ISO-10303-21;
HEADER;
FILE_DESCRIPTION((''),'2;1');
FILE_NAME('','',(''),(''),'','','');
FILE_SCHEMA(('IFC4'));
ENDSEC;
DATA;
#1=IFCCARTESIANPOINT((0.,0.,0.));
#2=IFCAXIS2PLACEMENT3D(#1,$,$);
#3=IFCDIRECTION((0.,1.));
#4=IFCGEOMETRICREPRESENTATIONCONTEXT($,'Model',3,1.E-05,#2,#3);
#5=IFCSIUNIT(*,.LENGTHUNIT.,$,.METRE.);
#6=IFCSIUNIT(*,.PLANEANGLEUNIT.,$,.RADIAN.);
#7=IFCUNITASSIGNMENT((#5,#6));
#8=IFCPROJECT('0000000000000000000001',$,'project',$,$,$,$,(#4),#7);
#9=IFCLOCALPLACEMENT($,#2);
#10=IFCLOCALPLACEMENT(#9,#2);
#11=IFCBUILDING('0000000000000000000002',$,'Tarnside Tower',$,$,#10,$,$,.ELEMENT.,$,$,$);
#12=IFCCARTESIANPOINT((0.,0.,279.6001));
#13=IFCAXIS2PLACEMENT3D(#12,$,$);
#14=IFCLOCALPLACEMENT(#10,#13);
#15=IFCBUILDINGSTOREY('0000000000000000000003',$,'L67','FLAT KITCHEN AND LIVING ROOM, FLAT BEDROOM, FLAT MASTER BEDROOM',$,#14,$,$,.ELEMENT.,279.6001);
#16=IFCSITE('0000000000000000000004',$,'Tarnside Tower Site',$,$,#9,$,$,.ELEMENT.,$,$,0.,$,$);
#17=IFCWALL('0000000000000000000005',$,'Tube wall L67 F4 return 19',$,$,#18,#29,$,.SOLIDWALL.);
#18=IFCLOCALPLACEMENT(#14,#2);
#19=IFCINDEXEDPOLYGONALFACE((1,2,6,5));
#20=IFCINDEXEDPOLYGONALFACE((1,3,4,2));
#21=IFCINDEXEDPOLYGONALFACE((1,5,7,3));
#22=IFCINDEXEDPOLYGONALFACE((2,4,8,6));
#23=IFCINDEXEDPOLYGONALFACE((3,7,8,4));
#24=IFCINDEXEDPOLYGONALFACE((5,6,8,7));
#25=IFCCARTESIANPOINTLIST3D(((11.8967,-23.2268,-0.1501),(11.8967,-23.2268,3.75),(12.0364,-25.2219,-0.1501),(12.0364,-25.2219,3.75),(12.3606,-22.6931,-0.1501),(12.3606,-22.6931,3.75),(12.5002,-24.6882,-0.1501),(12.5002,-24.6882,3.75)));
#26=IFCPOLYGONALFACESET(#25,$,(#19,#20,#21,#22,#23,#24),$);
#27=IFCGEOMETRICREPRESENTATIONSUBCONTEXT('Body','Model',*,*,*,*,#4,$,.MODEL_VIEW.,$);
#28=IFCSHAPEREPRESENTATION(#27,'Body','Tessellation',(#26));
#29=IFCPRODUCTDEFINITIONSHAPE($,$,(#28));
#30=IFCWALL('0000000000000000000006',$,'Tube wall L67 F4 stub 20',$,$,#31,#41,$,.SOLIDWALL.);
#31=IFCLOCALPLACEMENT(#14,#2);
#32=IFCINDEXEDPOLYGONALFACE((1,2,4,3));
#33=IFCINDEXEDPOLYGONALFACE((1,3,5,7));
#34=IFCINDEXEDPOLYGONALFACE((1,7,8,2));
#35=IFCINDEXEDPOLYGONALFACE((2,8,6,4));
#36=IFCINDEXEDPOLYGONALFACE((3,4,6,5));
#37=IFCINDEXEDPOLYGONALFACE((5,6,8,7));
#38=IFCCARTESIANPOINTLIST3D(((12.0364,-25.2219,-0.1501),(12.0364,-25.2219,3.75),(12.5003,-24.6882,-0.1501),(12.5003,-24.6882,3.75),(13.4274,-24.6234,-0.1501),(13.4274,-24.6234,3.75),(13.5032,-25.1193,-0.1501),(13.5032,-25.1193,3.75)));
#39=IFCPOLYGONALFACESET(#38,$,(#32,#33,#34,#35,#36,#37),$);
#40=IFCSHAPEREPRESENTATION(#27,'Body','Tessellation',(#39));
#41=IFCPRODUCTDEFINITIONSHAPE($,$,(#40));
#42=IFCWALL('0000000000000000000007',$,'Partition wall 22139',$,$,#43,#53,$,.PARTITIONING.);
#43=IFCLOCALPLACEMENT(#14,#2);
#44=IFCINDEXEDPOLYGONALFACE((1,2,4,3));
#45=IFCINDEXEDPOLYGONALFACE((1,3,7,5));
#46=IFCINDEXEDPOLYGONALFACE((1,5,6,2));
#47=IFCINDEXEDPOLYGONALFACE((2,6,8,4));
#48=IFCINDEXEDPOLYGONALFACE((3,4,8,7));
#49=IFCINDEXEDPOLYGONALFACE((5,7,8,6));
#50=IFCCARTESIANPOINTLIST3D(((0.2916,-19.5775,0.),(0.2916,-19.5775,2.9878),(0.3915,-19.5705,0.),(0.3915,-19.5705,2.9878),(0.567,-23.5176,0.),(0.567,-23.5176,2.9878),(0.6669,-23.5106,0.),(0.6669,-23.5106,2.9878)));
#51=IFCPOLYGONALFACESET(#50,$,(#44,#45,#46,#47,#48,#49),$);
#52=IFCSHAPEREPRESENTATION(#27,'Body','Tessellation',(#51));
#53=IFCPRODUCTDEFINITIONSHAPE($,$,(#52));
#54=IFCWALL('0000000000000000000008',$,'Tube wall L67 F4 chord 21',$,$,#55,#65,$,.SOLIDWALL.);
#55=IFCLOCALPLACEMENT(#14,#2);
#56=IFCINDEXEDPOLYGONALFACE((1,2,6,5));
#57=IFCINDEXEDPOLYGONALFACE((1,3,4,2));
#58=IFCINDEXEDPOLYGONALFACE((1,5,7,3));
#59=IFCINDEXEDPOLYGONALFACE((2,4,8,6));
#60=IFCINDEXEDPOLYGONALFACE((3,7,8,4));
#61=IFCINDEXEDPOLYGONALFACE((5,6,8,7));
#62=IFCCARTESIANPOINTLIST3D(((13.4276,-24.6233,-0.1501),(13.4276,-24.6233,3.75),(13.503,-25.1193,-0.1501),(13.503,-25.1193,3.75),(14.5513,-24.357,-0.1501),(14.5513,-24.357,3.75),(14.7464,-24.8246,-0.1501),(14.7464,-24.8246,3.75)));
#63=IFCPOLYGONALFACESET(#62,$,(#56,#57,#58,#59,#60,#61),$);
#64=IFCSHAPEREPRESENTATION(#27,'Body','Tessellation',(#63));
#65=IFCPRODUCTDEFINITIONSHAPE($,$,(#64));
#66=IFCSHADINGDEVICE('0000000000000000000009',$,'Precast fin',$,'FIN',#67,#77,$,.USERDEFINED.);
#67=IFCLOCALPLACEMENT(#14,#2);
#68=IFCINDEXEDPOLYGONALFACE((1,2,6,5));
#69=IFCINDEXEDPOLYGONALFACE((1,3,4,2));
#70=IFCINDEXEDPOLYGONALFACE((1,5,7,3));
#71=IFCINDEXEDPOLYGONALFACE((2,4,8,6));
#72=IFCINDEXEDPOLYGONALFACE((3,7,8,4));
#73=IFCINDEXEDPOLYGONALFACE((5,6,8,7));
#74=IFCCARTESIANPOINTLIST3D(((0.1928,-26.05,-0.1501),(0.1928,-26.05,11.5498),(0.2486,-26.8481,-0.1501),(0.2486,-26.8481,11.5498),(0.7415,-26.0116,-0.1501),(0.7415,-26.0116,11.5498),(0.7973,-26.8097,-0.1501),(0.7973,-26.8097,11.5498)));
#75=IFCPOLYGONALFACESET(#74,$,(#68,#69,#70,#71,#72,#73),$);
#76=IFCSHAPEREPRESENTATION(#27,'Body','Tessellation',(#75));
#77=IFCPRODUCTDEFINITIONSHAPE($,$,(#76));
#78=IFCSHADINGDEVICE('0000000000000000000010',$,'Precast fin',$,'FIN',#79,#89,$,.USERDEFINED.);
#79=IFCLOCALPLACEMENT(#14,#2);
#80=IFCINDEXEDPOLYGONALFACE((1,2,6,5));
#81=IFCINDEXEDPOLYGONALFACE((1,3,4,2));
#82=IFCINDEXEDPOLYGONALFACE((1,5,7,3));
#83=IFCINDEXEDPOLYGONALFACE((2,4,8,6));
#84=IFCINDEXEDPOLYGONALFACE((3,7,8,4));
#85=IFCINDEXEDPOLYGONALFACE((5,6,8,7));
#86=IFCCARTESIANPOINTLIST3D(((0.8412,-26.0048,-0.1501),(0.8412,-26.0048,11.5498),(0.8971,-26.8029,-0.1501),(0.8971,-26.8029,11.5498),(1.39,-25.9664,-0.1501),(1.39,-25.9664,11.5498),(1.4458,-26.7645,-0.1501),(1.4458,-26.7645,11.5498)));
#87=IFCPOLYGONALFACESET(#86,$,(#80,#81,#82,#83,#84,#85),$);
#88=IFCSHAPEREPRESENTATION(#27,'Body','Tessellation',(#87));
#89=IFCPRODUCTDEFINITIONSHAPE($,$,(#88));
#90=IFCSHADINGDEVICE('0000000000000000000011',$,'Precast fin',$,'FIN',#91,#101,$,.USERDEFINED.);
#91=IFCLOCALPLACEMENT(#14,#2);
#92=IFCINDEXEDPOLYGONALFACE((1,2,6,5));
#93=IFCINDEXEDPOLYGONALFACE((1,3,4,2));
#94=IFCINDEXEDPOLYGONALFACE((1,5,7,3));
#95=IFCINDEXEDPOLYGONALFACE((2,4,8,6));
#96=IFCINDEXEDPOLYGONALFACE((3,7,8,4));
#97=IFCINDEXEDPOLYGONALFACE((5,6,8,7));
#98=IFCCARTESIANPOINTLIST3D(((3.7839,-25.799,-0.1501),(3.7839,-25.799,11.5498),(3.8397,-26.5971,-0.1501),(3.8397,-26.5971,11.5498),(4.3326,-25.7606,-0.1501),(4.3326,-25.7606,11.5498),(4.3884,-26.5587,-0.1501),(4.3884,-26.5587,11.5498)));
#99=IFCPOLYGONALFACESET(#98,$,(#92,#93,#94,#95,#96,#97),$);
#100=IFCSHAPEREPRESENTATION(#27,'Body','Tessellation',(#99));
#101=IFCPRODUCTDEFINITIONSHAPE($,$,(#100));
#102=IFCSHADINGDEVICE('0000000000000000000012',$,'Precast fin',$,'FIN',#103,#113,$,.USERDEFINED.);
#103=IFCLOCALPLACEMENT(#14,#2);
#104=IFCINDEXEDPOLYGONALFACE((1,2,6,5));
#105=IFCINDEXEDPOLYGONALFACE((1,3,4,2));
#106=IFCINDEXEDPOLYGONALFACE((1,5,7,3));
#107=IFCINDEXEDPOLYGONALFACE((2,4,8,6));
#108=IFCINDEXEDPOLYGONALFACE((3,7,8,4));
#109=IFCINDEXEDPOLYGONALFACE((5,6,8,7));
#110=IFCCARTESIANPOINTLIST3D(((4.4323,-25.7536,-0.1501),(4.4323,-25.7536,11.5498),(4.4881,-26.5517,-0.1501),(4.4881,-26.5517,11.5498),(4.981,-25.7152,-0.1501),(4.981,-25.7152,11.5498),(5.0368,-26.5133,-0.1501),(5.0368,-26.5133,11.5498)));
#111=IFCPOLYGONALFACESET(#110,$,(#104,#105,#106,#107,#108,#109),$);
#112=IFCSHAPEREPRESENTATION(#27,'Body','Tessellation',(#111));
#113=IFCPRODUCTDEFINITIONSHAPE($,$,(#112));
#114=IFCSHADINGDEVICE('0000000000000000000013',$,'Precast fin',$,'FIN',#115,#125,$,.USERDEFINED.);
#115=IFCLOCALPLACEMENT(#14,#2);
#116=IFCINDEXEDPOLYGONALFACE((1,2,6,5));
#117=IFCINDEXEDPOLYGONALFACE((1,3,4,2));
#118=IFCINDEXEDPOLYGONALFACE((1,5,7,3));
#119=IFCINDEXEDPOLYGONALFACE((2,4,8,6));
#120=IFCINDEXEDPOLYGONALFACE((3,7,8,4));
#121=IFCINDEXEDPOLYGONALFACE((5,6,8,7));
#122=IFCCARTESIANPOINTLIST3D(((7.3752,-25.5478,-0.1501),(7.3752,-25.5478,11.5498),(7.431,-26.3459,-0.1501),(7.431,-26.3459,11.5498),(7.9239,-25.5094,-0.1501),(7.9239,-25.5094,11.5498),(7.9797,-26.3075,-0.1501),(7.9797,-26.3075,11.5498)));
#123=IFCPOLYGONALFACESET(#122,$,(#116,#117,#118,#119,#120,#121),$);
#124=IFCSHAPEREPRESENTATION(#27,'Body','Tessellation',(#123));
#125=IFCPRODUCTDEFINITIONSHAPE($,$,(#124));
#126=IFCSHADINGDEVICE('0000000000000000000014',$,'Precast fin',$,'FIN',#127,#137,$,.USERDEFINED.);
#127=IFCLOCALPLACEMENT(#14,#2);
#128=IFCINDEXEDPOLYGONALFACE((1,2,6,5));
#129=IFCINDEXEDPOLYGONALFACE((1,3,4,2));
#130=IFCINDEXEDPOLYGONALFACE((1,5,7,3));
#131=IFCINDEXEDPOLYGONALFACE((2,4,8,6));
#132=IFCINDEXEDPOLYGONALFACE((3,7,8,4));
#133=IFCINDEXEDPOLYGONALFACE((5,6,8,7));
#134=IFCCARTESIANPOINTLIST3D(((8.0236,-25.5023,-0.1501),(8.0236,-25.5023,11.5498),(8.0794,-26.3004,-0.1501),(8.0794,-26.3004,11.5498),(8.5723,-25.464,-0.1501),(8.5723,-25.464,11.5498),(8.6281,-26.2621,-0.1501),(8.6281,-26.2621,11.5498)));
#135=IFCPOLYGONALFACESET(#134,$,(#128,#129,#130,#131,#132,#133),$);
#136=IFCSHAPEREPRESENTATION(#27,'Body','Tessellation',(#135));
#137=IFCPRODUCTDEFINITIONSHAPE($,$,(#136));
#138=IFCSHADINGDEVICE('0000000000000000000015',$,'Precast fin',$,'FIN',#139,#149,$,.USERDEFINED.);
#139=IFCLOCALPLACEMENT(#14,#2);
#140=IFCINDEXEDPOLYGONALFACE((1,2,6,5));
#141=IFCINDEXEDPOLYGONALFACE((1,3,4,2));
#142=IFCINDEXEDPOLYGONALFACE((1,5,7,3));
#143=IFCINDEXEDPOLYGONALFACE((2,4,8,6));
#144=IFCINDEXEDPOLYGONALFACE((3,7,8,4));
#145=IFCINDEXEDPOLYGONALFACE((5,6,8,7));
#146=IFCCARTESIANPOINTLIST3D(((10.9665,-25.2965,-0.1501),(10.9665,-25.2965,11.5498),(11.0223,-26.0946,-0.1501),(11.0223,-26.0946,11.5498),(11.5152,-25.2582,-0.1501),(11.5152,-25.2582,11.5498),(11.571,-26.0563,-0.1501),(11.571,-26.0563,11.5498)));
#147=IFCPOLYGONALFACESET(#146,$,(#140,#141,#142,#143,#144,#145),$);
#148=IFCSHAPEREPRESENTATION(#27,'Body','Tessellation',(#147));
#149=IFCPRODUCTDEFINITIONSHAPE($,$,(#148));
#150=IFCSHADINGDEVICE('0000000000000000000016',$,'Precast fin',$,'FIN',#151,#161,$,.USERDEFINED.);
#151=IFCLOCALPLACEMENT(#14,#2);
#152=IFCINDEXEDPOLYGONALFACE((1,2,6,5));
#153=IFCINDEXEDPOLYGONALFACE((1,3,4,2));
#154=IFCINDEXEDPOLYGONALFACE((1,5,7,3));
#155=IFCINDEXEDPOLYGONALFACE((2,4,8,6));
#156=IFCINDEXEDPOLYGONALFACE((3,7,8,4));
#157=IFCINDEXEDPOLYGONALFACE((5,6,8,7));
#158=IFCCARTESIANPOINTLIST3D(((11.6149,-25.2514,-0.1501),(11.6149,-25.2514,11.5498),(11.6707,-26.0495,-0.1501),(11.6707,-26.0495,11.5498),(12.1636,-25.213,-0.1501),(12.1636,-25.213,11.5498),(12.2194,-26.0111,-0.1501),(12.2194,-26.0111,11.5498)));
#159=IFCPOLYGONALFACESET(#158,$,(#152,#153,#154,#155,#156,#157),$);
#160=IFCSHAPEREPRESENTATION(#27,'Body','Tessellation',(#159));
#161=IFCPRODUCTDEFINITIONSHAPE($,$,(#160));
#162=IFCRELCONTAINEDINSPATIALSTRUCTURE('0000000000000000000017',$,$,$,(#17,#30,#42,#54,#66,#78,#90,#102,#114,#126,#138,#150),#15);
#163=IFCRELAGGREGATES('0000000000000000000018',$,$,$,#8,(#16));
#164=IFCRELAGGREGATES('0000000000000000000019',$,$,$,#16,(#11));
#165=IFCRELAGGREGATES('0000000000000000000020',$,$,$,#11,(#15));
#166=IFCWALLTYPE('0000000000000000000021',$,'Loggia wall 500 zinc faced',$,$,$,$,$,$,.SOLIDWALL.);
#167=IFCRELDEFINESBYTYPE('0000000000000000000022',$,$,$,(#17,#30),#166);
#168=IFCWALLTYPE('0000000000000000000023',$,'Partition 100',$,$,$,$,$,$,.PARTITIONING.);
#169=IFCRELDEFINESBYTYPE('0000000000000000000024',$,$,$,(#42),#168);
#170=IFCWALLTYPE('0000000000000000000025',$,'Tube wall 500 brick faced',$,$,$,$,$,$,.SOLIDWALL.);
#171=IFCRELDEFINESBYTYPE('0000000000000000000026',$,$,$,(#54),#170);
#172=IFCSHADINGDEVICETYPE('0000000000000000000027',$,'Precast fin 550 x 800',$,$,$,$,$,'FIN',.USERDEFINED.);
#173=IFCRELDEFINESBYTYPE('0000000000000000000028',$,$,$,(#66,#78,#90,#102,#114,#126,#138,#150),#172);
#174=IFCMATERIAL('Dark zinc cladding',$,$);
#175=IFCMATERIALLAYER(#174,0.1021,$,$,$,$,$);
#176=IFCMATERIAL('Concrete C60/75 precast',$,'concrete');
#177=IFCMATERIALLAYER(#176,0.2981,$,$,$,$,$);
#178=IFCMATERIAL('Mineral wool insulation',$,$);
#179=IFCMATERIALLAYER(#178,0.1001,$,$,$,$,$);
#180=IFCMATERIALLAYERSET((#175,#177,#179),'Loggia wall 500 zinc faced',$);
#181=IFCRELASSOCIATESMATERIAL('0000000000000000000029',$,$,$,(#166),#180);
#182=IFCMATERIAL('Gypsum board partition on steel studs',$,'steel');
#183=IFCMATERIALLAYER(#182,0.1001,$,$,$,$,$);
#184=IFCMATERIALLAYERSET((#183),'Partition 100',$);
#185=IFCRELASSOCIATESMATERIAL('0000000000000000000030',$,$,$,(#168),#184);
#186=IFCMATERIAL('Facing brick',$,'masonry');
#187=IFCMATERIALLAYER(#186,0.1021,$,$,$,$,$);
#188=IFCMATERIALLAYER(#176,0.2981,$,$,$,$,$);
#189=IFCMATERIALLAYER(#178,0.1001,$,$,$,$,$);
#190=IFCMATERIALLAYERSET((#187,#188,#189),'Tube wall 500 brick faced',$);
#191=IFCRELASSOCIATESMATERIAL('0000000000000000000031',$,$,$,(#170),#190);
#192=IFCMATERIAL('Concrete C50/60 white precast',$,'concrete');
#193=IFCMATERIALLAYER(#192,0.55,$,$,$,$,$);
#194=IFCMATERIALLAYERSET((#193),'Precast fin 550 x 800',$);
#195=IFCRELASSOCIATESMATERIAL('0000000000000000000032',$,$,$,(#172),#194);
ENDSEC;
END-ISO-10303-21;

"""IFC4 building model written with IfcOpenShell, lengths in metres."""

from ifc_helpers import new_model, si_unit, direction, frame, frame_2d, origin, place, context, subcontext, project, spatial, polyline, rectangle, outline, extrude, material, layer, layer_set, type_object, element, save


model = new_model("IFC4")

# Units and contexts
model_context = context("Model", 3, precision=1e-05, world=origin(), true_north=direction((0.0, 1.0)))
body_context = subcontext(model_context, "Body", "Model", "MODEL_VIEW")
ifc_project = project(units=[si_unit("LENGTHUNIT", "METRE"), si_unit("PLANEANGLEUNIT", "RADIAN")], contexts=[model_context])

# Site, building, storey
site_placement = place(None, origin())
site = spatial("IfcSite", under=ifc_project, at=site_placement, Name="Tarnside Tower Site", CompositionType="ELEMENT", RefElevation=0.0)
building_placement = place(site_placement, origin())
building = spatial("IfcBuilding", under=site, at=building_placement, Name="Tarnside Tower", CompositionType="ELEMENT")
storey_placement = place(building_placement, frame((0.0, 0.0, 279.6001)))
storey = spatial("IfcBuildingStorey", under=building, at=storey_placement, Name="L67", Description="FLAT KITCHEN AND LIVING ROOM, FLAT BEDROOM, FLAT MASTER BEDROOM", CompositionType="ELEMENT", Elevation=279.6001)

# Shared definitions
ifc_material_1 = material(Name="Gypsum board partition on steel studs", Category="steel")

# Walls
ifc_material_2 = material(Name="Dark zinc cladding")
ifc_layer_1 = layer(ifc_material_2, 0.1021)
ifc_material_3 = material(Name="Concrete C60/75 precast", Category="concrete")
ifc_layer_2 = layer(ifc_material_3, 0.2981)
ifc_material_4 = material(Name="Mineral wool insulation")
ifc_layer_3 = layer(ifc_material_4, 0.1001)
ifc_layer_set_1 = layer_set([ifc_layer_1, ifc_layer_2, ifc_layer_3], Name="Loggia wall 500 zinc faced")
wall_type_1 = type_object("IfcWallType", Name="Loggia wall 500 zinc faced", PredefinedType="SOLIDWALL", material=ifc_layer_set_1)
wall_1_placement = place(storey_placement, frame((12.1287, -22.96, -0.1501), z_axis=(0.0, 0.0, 1.0), x_axis=(0.069824, -0.997559, 0.0)))
element("IfcWall", 1, at=wall_1_placement, inside=storey, type_object=wall_type_1, Name="Tube wall L67 F4 return 19", PredefinedType="SOLIDWALL", context=body_context, shape_type="SweptSolid", body=[
    extrude(outline(polyline([(0.25, -0.25), (2.25, -0.25), (1.75, 0.25), (-0.25, 0.25), (0.25, -0.25)])), origin(), (0.0, 0.0, 1.0), 3.9001),
])
wall_2_placement = place(storey_placement, frame((12.2683, -24.9551, -0.1501), z_axis=(0.0, 0.0, 1.0), x_axis=(0.997562, 0.069787, 0.0)))
element("IfcWall", 2, at=wall_2_placement, inside=storey, type_object=wall_type_1, Name="Tube wall L67 F4 stub 20", PredefinedType="SOLIDWALL", context=body_context, shape_type="SweptSolid", body=[
    extrude(outline(polyline([(-0.25, -0.25), (1.2205, -0.25), (1.1794, 0.25), (0.25, 0.25), (-0.25, -0.25)])), origin(), (0.0, 0.0, 1.0), 3.9001),
])
ifc_layer_4 = layer(ifc_material_1, 0.1001)
ifc_layer_set_2 = layer_set([ifc_layer_4], Name="Partition 100")
wall_type_2 = type_object("IfcWallType", Name="Partition 100", PredefinedType="PARTITIONING", material=ifc_layer_set_2)
wall_3_placement = place(storey_placement, frame((0.3416, -19.574, 0.0), z_axis=(0.0, 0.0, 1.0), x_axis=(0.069723, -0.997566, 0.0)))
element("IfcWall", 3, at=wall_3_placement, inside=storey, type_object=wall_type_2, Name="Partition wall 22139", PredefinedType="PARTITIONING", context=body_context, shape_type="SweptSolid", body=[
    extrude(rectangle(XDim=3.9497, YDim=0.1001, at=frame_2d((1.9749, 0.0))), origin(), (0.0, 0.0, 1.0), 2.9878),
])
ifc_material_5 = material(Name="Facing brick", Category="masonry")
ifc_layer_5 = layer(ifc_material_5, 0.1021)
ifc_layer_6 = layer(ifc_material_3, 0.2981)
ifc_layer_7 = layer(ifc_material_4, 0.1001)
ifc_layer_set_3 = layer_set([ifc_layer_5, ifc_layer_6, ifc_layer_7], Name="Tube wall 500 brick faced")
wall_type_3 = type_object("IfcWallType", Name="Tube wall 500 brick faced", PredefinedType="SOLIDWALL", material=ifc_layer_set_3)
wall_4_placement = place(storey_placement, frame((13.4653, -24.8713, -0.1501), z_axis=(0.0, 0.0, 1.0), x_axis=(0.973045, 0.230616, 0.0)))
element("IfcWall", 4, at=wall_4_placement, inside=storey, type_object=wall_type_3, Name="Tube wall L67 F4 chord 21", PredefinedType="SOLIDWALL", context=body_context, shape_type="SweptSolid", body=[
    extrude(outline(polyline([(-0.0205, -0.25), (1.2573, -0.25), (1.1753, 0.25), (0.0205, 0.25), (-0.0205, -0.25)])), origin(), (0.0, 0.0, 1.0), 3.9001),
])

# Shading devices
ifc_material_6 = material(Name="Concrete C50/60 white precast", Category="concrete")
ifc_layer_8 = layer(ifc_material_6, 0.55)
ifc_layer_set_4 = layer_set([ifc_layer_8], Name="Precast fin 550 x 800")
shading_device_type = type_object("IfcShadingDeviceType", Name="Precast fin 550 x 800", ElementType="FIN", PredefinedType="USERDEFINED", material=ifc_layer_set_4)
for number, where, z_axis, x_axis, name in (
    (5, (0.4673, -26.0308, -0.1501), (-0.997564, -0.069756, 0.0), (0.069756, -0.997564, 0.0), "Precast fin"),
    (6, (1.1157, -25.9856, -0.1501), (-0.997564, -0.069756, 0.0), (0.069756, -0.997564, 0.0), "Precast fin"),
    (7, (4.0583, -25.7798, -0.1501), (-0.997564, -0.069756, 0.0), (0.069756, -0.997564, 0.0), "Precast fin"),
    (8, (4.7068, -25.7344, -0.1501), (-0.997564, -0.069756, 0.0), (0.069756, -0.997564, 0.0), "Precast fin"),
    (9, (7.6497, -25.5286, -0.1501), (-0.997564, -0.069756, 0.0), (0.069756, -0.997564, 0.0), "Precast fin"),
    (10, (8.2981, -25.4832, -0.1501), (-0.997564, -0.069756, 0.0), (0.069756, -0.997564, 0.0), "Precast fin"),
    (11, (11.241, -25.2773, -0.1501), (-0.997564, -0.069756, 0.0), (0.069756, -0.997564, 0.0), "Precast fin"),
    (12, (11.8894, -25.2322, -0.1501), (-0.997564, -0.069756, 0.0), (0.069756, -0.997564, 0.0), "Precast fin"),
):
    element("IfcShadingDevice", number, at=place(storey_placement, frame(where, z_axis=z_axis, x_axis=x_axis)), inside=storey, type_object=shading_device_type, Name=name, ObjectType="FIN", PredefinedType="USERDEFINED", context=body_context, shape_type="SweptSolid", body=[
        extrude(outline(polyline([(0.0, 0.0), (0.8, 0.0), (0.8, 11.7), (0.0, 11.7), (0.0, 0.0)])), frame((0.0, 0.0, -0.2749)), (0.0, 0.0, 1.0), 0.55),
    ])

save(model, "model.ifc")
